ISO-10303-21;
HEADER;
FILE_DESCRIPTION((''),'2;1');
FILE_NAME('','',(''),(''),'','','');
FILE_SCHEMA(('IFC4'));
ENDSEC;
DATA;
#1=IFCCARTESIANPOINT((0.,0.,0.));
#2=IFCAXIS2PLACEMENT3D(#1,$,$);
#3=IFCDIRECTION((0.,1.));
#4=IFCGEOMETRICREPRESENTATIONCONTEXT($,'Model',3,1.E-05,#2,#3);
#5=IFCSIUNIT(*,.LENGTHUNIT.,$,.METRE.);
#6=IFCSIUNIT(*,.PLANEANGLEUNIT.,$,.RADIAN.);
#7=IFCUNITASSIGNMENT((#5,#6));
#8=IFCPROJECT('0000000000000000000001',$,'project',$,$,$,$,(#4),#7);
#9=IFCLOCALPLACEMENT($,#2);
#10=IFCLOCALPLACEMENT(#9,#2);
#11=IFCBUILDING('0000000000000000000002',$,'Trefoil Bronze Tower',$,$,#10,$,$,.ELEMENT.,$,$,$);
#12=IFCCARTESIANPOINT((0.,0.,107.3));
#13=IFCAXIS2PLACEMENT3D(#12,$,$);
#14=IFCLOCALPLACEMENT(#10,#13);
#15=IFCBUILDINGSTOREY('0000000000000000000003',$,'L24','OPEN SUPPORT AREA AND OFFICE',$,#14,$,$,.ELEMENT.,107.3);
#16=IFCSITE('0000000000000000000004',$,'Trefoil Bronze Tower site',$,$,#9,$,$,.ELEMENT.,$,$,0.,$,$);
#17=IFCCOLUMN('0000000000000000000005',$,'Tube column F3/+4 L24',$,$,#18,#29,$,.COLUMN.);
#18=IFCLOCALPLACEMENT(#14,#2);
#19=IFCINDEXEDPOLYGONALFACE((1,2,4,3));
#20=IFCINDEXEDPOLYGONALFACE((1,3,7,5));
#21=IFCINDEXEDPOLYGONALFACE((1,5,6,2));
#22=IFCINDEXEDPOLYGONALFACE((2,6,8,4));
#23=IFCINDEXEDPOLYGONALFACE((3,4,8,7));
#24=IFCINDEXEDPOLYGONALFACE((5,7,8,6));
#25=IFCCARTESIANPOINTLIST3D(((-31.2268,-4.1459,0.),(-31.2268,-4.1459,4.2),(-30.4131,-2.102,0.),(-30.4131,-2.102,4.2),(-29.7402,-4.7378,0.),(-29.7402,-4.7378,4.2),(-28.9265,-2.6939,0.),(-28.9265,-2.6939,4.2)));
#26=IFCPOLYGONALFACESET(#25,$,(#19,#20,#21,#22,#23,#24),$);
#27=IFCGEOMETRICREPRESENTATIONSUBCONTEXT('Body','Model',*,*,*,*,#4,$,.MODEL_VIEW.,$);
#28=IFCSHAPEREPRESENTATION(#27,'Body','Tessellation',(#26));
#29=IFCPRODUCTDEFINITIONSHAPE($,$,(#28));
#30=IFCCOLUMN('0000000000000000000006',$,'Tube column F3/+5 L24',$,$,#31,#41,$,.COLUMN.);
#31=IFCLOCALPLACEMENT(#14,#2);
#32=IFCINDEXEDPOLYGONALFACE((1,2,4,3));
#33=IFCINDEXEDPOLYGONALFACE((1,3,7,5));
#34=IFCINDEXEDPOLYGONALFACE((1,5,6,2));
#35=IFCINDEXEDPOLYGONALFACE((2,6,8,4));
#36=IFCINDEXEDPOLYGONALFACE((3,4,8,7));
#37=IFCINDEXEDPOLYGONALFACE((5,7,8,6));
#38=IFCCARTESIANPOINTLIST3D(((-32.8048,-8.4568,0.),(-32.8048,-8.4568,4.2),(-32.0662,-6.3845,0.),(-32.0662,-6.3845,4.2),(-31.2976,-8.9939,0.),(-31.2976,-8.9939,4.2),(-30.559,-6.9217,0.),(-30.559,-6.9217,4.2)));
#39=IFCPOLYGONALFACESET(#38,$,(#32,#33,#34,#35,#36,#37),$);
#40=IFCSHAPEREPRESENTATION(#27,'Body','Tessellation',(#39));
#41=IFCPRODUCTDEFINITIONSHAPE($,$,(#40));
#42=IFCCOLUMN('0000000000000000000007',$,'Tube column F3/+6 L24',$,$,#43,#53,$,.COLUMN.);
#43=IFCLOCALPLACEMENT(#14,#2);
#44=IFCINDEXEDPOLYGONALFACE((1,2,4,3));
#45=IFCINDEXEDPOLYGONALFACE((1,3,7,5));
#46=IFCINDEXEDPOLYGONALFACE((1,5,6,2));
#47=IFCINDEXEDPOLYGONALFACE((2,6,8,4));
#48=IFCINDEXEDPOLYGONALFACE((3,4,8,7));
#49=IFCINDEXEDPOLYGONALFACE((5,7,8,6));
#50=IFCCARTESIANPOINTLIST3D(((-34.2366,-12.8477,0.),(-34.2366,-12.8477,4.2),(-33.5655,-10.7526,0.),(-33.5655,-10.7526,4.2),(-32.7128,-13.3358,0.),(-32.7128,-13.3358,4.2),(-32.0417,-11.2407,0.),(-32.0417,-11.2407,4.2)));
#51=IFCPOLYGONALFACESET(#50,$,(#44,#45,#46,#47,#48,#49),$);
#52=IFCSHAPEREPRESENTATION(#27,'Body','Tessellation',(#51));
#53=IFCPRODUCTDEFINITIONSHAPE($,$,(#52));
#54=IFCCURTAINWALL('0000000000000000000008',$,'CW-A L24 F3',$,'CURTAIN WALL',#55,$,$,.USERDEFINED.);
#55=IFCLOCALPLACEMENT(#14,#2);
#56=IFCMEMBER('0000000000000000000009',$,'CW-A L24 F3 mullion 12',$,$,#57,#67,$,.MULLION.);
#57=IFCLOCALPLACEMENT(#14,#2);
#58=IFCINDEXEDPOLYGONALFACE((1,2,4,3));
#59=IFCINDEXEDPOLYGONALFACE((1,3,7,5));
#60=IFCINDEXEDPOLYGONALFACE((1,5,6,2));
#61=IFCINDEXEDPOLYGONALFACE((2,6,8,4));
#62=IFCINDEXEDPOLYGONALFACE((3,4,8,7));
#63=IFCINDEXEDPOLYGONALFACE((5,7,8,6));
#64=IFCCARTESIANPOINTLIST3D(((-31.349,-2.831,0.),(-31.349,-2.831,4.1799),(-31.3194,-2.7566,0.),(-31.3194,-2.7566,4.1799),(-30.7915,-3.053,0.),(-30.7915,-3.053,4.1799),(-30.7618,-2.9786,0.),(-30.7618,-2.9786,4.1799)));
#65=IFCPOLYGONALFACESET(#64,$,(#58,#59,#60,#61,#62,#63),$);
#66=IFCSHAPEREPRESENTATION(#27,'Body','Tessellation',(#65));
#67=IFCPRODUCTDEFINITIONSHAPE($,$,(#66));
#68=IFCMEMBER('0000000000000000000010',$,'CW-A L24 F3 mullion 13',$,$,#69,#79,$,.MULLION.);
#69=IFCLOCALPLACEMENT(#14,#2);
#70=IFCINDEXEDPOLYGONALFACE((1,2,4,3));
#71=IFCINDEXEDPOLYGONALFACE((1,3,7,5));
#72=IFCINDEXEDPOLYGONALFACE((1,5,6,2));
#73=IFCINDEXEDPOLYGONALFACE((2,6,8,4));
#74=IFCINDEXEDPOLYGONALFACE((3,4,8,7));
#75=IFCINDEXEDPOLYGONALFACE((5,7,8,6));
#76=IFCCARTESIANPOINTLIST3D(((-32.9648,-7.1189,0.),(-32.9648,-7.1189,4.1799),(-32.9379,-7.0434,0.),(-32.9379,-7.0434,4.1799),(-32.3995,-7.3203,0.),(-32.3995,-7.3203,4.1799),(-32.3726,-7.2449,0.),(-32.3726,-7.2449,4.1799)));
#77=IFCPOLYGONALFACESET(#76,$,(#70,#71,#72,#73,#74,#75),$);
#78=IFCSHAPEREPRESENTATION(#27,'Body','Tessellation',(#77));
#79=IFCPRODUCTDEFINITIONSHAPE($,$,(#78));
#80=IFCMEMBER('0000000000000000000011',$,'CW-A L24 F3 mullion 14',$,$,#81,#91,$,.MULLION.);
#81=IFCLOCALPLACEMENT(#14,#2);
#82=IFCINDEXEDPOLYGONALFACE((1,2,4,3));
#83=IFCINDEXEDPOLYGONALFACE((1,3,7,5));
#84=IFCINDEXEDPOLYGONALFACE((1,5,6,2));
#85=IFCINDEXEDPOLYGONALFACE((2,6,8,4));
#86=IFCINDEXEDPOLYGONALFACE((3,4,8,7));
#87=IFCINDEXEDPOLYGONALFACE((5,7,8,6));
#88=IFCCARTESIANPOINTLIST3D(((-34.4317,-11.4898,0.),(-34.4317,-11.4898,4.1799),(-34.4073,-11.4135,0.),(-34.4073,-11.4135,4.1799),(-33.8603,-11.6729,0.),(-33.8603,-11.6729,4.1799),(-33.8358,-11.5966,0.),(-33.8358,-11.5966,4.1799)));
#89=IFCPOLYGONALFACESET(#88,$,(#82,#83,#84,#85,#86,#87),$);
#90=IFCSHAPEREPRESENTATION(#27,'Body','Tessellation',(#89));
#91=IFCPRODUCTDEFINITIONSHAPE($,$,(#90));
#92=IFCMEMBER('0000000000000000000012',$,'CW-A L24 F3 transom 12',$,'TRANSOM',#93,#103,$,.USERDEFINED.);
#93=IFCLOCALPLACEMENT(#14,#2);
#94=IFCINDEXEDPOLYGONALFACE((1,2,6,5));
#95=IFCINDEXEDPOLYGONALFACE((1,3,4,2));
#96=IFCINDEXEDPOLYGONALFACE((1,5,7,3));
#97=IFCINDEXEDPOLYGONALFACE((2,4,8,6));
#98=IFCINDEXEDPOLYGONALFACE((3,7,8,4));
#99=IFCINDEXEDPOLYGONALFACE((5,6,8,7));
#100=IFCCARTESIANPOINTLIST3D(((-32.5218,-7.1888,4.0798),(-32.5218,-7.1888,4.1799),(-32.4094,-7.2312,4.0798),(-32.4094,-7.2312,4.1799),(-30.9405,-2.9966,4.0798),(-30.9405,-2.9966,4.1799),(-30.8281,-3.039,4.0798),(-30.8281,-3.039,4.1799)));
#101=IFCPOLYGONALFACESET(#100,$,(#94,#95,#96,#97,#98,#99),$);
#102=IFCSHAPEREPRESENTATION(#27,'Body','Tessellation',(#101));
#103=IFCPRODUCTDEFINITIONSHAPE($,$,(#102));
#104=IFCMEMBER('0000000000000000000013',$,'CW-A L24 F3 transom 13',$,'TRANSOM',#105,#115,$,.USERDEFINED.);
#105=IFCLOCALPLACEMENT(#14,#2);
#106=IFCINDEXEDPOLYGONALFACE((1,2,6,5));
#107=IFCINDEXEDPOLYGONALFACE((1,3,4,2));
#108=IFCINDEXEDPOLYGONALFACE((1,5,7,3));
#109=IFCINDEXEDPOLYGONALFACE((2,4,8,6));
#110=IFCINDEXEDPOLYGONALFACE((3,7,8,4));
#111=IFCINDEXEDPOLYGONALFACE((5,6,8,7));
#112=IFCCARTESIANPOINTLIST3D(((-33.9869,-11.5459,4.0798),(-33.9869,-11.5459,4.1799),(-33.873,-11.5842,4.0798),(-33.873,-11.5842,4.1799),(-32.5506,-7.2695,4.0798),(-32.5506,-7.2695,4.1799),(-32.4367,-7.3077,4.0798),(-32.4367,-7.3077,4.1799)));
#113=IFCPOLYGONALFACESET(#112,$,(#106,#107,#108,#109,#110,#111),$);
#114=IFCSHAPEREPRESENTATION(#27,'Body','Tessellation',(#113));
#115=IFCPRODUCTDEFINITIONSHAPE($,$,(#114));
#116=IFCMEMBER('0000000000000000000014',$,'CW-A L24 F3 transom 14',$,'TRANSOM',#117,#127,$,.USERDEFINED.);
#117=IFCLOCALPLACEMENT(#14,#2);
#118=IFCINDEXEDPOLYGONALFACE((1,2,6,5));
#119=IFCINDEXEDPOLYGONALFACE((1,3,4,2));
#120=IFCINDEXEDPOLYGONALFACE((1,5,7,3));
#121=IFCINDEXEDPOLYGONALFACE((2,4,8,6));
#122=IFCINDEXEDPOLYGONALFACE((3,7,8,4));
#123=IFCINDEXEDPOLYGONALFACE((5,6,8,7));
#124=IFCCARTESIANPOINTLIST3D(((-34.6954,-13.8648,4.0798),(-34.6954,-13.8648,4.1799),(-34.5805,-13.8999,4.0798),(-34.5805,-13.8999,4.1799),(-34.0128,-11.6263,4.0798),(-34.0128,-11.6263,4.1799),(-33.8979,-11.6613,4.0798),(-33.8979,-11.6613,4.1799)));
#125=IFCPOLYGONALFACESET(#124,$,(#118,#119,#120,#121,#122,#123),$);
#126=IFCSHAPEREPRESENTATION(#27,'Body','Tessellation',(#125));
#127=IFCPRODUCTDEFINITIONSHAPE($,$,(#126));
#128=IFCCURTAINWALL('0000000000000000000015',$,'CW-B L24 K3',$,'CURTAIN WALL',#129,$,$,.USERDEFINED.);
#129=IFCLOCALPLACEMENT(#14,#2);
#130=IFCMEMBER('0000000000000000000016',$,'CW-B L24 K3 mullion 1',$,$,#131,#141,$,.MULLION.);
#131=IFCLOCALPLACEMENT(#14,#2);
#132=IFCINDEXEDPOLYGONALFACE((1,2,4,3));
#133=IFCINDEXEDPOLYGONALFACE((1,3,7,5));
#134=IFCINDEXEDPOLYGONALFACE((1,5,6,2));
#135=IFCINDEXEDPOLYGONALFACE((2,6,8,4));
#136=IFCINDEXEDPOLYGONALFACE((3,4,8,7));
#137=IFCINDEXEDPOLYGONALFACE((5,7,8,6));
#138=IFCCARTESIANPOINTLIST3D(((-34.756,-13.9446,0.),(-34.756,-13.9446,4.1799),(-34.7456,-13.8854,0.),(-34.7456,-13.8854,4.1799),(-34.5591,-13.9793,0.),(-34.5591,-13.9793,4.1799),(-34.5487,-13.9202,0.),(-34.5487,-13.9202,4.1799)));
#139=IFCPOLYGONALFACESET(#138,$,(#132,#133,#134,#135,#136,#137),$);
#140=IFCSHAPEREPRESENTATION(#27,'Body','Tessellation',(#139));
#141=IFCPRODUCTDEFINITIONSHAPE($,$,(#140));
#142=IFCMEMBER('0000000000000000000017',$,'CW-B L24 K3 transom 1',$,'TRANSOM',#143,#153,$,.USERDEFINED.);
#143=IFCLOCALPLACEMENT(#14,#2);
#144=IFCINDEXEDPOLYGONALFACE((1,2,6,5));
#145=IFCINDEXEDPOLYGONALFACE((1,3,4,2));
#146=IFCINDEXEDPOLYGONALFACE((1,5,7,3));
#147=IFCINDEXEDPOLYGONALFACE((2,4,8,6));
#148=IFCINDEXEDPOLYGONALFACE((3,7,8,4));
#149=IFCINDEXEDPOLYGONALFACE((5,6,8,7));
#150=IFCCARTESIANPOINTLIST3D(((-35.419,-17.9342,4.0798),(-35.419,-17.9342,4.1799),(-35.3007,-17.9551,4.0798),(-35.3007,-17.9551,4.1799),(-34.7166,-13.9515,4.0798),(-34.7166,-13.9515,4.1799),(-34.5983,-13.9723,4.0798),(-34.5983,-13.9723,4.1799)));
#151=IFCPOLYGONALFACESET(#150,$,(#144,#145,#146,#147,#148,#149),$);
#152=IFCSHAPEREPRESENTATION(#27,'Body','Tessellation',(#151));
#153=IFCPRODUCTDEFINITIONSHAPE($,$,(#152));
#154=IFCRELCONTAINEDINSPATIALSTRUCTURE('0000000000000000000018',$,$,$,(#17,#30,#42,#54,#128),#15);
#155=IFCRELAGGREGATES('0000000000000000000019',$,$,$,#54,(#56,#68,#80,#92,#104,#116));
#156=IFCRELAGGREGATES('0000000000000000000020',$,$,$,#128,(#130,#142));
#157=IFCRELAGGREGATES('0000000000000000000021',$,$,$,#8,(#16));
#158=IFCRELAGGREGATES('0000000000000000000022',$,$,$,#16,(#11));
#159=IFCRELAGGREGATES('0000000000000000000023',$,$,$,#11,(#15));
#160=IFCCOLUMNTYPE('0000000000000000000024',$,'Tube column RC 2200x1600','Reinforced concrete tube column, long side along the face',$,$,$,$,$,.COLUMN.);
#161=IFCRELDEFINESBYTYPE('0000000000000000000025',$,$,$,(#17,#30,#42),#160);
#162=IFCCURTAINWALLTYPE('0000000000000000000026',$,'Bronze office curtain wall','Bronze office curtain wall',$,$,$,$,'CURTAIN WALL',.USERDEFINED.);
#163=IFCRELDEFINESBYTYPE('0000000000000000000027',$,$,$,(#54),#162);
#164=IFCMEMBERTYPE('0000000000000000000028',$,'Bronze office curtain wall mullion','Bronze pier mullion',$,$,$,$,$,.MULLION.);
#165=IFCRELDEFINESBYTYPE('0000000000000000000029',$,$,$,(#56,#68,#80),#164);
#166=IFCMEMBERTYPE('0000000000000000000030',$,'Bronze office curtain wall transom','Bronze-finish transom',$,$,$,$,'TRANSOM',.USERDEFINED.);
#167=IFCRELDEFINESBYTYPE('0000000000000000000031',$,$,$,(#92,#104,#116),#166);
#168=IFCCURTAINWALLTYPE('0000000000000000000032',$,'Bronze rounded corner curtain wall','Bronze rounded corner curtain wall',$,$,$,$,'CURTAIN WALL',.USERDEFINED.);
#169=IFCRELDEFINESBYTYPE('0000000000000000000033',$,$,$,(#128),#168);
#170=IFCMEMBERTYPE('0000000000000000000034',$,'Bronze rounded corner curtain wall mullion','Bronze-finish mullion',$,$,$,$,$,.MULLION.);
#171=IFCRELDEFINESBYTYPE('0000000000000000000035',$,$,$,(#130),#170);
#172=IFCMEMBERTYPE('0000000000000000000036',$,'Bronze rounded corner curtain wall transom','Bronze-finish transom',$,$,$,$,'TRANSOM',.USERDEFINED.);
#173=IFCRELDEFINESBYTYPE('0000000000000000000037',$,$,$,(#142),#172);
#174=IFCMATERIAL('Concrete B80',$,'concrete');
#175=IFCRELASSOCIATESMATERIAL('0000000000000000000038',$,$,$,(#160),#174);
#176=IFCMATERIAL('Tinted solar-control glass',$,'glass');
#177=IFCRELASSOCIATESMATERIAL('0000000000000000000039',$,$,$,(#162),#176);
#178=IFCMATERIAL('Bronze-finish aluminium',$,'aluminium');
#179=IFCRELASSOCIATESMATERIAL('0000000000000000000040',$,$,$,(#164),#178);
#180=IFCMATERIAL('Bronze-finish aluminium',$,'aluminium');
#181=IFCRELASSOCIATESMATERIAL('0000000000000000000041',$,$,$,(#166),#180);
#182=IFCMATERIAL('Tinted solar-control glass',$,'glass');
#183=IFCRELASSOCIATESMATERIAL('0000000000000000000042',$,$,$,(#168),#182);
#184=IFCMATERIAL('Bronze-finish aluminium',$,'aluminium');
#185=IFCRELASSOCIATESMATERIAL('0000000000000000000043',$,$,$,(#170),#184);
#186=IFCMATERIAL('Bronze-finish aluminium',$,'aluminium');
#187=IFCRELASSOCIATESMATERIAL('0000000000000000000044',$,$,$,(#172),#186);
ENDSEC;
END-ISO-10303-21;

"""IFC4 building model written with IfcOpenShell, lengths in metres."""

from ifc_helpers import new_model, si_unit, direction, frame, origin, origin_2d, place, context, subcontext, project, spatial, rectangle, extrude, material, material_profile, profile_set, type_object, element, aggregate, save


model = new_model("IFC4")

# Units and contexts
model_context = context("Model", 3, precision=1e-05, world=origin(), true_north=direction((0.0, 1.0)))
body_context = subcontext(model_context, "Body", "Model", "MODEL_VIEW")
ifc_project = project(units=[si_unit("LENGTHUNIT", "METRE"), si_unit("PLANEANGLEUNIT", "RADIAN")], contexts=[model_context])

# Site, building, storey
site_placement = place(None, origin())
site = spatial("IfcSite", under=ifc_project, at=site_placement, Name="Trefoil Bronze Tower site", CompositionType="ELEMENT", RefElevation=0.0)
building_placement = place(site_placement, origin())
building = spatial("IfcBuilding", under=site, at=building_placement, Name="Trefoil Bronze Tower", CompositionType="ELEMENT")
storey_placement = place(building_placement, frame((0.0, 0.0, 107.3)))
storey = spatial("IfcBuildingStorey", under=building, at=storey_placement, Name="L24", Description="OPEN SUPPORT AREA AND OFFICE", CompositionType="ELEMENT", Elevation=107.3)

# Columns
ifc_material_1 = material(Name="Concrete B80", Category="concrete")
ifc_material_profile_1 = material_profile(ifc_material_1, rectangle(XDim=2.2, YDim=1.6001, at=origin_2d()), Name="RC 2200x1600")
ifc_profile_set_1 = profile_set([ifc_material_profile_1], Name="Concrete B80")
column_type = type_object("IfcColumnType", Name="Tube column RC 2200x1600", Description="Reinforced concrete tube column, long side along the face", PredefinedType="COLUMN", material=ifc_profile_set_1)
for number, where, z_axis, x_axis, name in (
    (1, (-30.0767, -3.4199, 0.0), (0.0, 0.0, 1.0), (-0.369901, -0.929071, 0.0), "Tube column F3/+4 L24"),
    (2, (-31.6819, -7.6892, 0.0), (0.0, 0.0, 1.0), (-0.335718, -0.941963, 0.0), "Tube column F3/+5 L24"),
    (3, (-33.1392, -12.0442, 0.0), (0.0, 0.0, 1.0), (-0.305066, -0.952331, 0.0), "Tube column F3/+6 L24"),
):
    element("IfcColumn", number, at=place(storey_placement, frame(where, z_axis=z_axis, x_axis=x_axis)), inside=storey, type_object=column_type, Name=name, PredefinedType="COLUMN", context=body_context, shape_type="SweptSolid", body=[
        extrude(rectangle(XDim=2.2, YDim=1.6001, at=origin_2d()), origin(), (0.0, 0.0, 1.0), 4.2),
    ])

# Curtain walls, members
ifc_material_2 = material(Name="Tinted solar-control glass", Category="glass")
curtain_wall_type_1 = type_object("IfcCurtainWallType", Name="Bronze office curtain wall", Description="Bronze office curtain wall", ElementType="CURTAIN WALL", PredefinedType="USERDEFINED", material=ifc_material_2)
curtain_wall_1_placement = place(storey_placement, origin())
curtain_wall_1 = element("IfcCurtainWall", 4, at=curtain_wall_1_placement, inside=storey, type_object=curtain_wall_type_1, Name="CW-A L24 F3", ObjectType="CURTAIN WALL", PredefinedType="USERDEFINED")
ifc_material_3 = material(Name="Bronze-finish aluminium", Category="aluminium")
ifc_material_profile_2 = material_profile(ifc_material_3, rectangle(XDim=0.6001, YDim=0.0801, at=origin_2d()), Name="CW-A mullion")
ifc_profile_set_2 = profile_set([ifc_material_profile_2], Name="Bronze-finish aluminium")
member_type_1 = type_object("IfcMemberType", Name="Bronze office curtain wall mullion", Description="Bronze pier mullion", PredefinedType="MULLION", material=ifc_profile_set_2)
member_1_placement = place(storey_placement, frame((-31.0554, -2.9048, 0.0), z_axis=(0.0, 0.0, 1.0), x_axis=(0.929071, -0.369901, 0.0)))
member_1 = element("IfcMember", 5, at=member_1_placement, type_object=member_type_1, Name="CW-A L24 F3 mullion 12", PredefinedType="MULLION", context=body_context, shape_type="SweptSolid", body=[
    extrude(rectangle(XDim=0.6001, YDim=0.0801, at=origin_2d()), origin(), (0.0, 0.0, 1.0), 4.1799),
])
member_2_placement = place(storey_placement, frame((-32.6687, -7.1819, 0.0), z_axis=(0.0, 0.0, 1.0), x_axis=(0.941963, -0.335718, 0.0)))
member_2 = element("IfcMember", 6, at=member_2_placement, type_object=member_type_1, Name="CW-A L24 F3 mullion 13", PredefinedType="MULLION", context=body_context, shape_type="SweptSolid", body=[
    extrude(rectangle(XDim=0.6001, YDim=0.0801, at=origin_2d()), origin(), (0.0, 0.0, 1.0), 4.1799),
])
member_3_placement = place(storey_placement, frame((-34.1338, -11.5432, 0.0), z_axis=(0.0, 0.0, 1.0), x_axis=(0.952331, -0.305066, 0.0)))
member_3 = element("IfcMember", 7, at=member_3_placement, type_object=member_type_1, Name="CW-A L24 F3 mullion 14", PredefinedType="MULLION", context=body_context, shape_type="SweptSolid", body=[
    extrude(rectangle(XDim=0.6001, YDim=0.0801, at=origin_2d()), origin(), (0.0, 0.0, 1.0), 4.1799),
])
ifc_material_4 = material(Name="Bronze-finish aluminium", Category="aluminium")
ifc_material_profile_3 = material_profile(ifc_material_4, rectangle(XDim=0.1201, YDim=0.1001, at=origin_2d()), Name="CW-A transom")
ifc_profile_set_3 = profile_set([ifc_material_profile_3], Name="Bronze-finish aluminium")
member_type_2 = type_object("IfcMemberType", Name="Bronze office curtain wall transom", Description="Bronze-finish transom", ElementType="TRANSOM", PredefinedType="USERDEFINED", material=ifc_profile_set_3)
member_4_placement = place(storey_placement, frame((-30.8843, -3.0178, 4.1299), z_axis=(-0.352932, -0.935649, 0.0), x_axis=(0.935649, -0.352932, 0.0)))
member_4 = element("IfcMember", 8, at=member_4_placement, type_object=member_type_2, Name="CW-A L24 F3 transom 12", ObjectType="TRANSOM", PredefinedType="USERDEFINED", context=body_context, shape_type="SweptSolid", body=[
    extrude(rectangle(XDim=0.1201, YDim=0.1001, at=origin_2d()), origin(), (0.0, 0.0, 1.0), 4.4805),
])
member_5_placement = place(storey_placement, frame((-32.4937, -7.2886, 4.1299), z_axis=(-0.318386, -0.947961, 0.0), x_axis=(0.947961, -0.318386, 0.0)))
member_5 = element("IfcMember", 9, at=member_5_placement, type_object=member_type_2, Name="CW-A L24 F3 transom 13", ObjectType="TRANSOM", PredefinedType="USERDEFINED", context=body_context, shape_type="SweptSolid", body=[
    extrude(rectangle(XDim=0.1201, YDim=0.1001, at=origin_2d()), origin(), (0.0, 0.0, 1.0), 4.5112),
])
member_6_placement = place(storey_placement, frame((-33.9553, -11.6438, 4.1299), z_axis=(-0.29168, -0.956516, 0.0), x_axis=(0.956516, -0.29168, 0.0)))
member_6 = element("IfcMember", 10, at=member_6_placement, type_object=member_type_2, Name="CW-A L24 F3 transom 14", ObjectType="TRANSOM", PredefinedType="USERDEFINED", context=body_context, shape_type="SweptSolid", body=[
    extrude(rectangle(XDim=0.1201, YDim=0.1001, at=origin_2d()), origin(), (0.0, 0.0, 1.0), 2.3403),
])
ifc_material_5 = material(Name="Tinted solar-control glass", Category="glass")
curtain_wall_type_2 = type_object("IfcCurtainWallType", Name="Bronze rounded corner curtain wall", Description="Bronze rounded corner curtain wall", ElementType="CURTAIN WALL", PredefinedType="USERDEFINED", material=ifc_material_5)
curtain_wall_2_placement = place(storey_placement, origin())
curtain_wall_2 = element("IfcCurtainWall", 11, at=curtain_wall_2_placement, inside=storey, type_object=curtain_wall_type_2, Name="CW-B L24 K3", ObjectType="CURTAIN WALL", PredefinedType="USERDEFINED")
ifc_material_6 = material(Name="Bronze-finish aluminium", Category="aluminium")
ifc_material_profile_4 = material_profile(ifc_material_6, rectangle(XDim=0.2, YDim=0.0601, at=origin_2d()), Name="CW-B mullion")
ifc_profile_set_4 = profile_set([ifc_material_profile_4], Name="Bronze-finish aluminium")
member_type_3 = type_object("IfcMemberType", Name="Bronze rounded corner curtain wall mullion", Description="Bronze-finish mullion", PredefinedType="MULLION", material=ifc_profile_set_4)
member_7_placement = place(storey_placement, frame((-34.6523, -13.9324, 0.0), z_axis=(0.0, 0.0, 1.0), x_axis=(0.984808, -0.173648, 0.0)))
member_7 = element("IfcMember", 12, at=member_7_placement, type_object=member_type_3, Name="CW-B L24 K3 mullion 1", PredefinedType="MULLION", context=body_context, shape_type="SweptSolid", body=[
    extrude(rectangle(XDim=0.2, YDim=0.0601, at=origin_2d()), origin(), (0.0, 0.0, 1.0), 4.1799),
])
ifc_material_7 = material(Name="Bronze-finish aluminium", Category="aluminium")
ifc_material_profile_5 = material_profile(ifc_material_7, rectangle(XDim=0.1201, YDim=0.1001, at=origin_2d()), Name="CW-B transom")
ifc_profile_set_5 = profile_set([ifc_material_profile_5], Name="Bronze-finish aluminium")
member_type_4 = type_object("IfcMemberType", Name="Bronze rounded corner curtain wall transom", Description="Bronze-finish transom", ElementType="TRANSOM", PredefinedType="USERDEFINED", material=ifc_profile_set_5)
member_8_placement = place(storey_placement, frame((-34.6575, -13.9619, 4.1299), z_axis=(-0.173682, -0.984802, 0.0), x_axis=(0.984802, -0.173682, 0.0)))
member_8 = element("IfcMember", 13, at=member_8_placement, type_object=member_type_4, Name="CW-B L24 K3 transom 1", ObjectType="TRANSOM", PredefinedType="USERDEFINED", context=body_context, shape_type="SweptSolid", body=[
    extrude(rectangle(XDim=0.1201, YDim=0.1001, at=origin_2d()), origin(), (0.0, 0.0, 1.0), 4.0442),
])

aggregate(curtain_wall_1, [member_1, member_2, member_3, member_4, member_5, member_6])
aggregate(curtain_wall_2, [member_7, member_8])

save(model, "model.ifc")
